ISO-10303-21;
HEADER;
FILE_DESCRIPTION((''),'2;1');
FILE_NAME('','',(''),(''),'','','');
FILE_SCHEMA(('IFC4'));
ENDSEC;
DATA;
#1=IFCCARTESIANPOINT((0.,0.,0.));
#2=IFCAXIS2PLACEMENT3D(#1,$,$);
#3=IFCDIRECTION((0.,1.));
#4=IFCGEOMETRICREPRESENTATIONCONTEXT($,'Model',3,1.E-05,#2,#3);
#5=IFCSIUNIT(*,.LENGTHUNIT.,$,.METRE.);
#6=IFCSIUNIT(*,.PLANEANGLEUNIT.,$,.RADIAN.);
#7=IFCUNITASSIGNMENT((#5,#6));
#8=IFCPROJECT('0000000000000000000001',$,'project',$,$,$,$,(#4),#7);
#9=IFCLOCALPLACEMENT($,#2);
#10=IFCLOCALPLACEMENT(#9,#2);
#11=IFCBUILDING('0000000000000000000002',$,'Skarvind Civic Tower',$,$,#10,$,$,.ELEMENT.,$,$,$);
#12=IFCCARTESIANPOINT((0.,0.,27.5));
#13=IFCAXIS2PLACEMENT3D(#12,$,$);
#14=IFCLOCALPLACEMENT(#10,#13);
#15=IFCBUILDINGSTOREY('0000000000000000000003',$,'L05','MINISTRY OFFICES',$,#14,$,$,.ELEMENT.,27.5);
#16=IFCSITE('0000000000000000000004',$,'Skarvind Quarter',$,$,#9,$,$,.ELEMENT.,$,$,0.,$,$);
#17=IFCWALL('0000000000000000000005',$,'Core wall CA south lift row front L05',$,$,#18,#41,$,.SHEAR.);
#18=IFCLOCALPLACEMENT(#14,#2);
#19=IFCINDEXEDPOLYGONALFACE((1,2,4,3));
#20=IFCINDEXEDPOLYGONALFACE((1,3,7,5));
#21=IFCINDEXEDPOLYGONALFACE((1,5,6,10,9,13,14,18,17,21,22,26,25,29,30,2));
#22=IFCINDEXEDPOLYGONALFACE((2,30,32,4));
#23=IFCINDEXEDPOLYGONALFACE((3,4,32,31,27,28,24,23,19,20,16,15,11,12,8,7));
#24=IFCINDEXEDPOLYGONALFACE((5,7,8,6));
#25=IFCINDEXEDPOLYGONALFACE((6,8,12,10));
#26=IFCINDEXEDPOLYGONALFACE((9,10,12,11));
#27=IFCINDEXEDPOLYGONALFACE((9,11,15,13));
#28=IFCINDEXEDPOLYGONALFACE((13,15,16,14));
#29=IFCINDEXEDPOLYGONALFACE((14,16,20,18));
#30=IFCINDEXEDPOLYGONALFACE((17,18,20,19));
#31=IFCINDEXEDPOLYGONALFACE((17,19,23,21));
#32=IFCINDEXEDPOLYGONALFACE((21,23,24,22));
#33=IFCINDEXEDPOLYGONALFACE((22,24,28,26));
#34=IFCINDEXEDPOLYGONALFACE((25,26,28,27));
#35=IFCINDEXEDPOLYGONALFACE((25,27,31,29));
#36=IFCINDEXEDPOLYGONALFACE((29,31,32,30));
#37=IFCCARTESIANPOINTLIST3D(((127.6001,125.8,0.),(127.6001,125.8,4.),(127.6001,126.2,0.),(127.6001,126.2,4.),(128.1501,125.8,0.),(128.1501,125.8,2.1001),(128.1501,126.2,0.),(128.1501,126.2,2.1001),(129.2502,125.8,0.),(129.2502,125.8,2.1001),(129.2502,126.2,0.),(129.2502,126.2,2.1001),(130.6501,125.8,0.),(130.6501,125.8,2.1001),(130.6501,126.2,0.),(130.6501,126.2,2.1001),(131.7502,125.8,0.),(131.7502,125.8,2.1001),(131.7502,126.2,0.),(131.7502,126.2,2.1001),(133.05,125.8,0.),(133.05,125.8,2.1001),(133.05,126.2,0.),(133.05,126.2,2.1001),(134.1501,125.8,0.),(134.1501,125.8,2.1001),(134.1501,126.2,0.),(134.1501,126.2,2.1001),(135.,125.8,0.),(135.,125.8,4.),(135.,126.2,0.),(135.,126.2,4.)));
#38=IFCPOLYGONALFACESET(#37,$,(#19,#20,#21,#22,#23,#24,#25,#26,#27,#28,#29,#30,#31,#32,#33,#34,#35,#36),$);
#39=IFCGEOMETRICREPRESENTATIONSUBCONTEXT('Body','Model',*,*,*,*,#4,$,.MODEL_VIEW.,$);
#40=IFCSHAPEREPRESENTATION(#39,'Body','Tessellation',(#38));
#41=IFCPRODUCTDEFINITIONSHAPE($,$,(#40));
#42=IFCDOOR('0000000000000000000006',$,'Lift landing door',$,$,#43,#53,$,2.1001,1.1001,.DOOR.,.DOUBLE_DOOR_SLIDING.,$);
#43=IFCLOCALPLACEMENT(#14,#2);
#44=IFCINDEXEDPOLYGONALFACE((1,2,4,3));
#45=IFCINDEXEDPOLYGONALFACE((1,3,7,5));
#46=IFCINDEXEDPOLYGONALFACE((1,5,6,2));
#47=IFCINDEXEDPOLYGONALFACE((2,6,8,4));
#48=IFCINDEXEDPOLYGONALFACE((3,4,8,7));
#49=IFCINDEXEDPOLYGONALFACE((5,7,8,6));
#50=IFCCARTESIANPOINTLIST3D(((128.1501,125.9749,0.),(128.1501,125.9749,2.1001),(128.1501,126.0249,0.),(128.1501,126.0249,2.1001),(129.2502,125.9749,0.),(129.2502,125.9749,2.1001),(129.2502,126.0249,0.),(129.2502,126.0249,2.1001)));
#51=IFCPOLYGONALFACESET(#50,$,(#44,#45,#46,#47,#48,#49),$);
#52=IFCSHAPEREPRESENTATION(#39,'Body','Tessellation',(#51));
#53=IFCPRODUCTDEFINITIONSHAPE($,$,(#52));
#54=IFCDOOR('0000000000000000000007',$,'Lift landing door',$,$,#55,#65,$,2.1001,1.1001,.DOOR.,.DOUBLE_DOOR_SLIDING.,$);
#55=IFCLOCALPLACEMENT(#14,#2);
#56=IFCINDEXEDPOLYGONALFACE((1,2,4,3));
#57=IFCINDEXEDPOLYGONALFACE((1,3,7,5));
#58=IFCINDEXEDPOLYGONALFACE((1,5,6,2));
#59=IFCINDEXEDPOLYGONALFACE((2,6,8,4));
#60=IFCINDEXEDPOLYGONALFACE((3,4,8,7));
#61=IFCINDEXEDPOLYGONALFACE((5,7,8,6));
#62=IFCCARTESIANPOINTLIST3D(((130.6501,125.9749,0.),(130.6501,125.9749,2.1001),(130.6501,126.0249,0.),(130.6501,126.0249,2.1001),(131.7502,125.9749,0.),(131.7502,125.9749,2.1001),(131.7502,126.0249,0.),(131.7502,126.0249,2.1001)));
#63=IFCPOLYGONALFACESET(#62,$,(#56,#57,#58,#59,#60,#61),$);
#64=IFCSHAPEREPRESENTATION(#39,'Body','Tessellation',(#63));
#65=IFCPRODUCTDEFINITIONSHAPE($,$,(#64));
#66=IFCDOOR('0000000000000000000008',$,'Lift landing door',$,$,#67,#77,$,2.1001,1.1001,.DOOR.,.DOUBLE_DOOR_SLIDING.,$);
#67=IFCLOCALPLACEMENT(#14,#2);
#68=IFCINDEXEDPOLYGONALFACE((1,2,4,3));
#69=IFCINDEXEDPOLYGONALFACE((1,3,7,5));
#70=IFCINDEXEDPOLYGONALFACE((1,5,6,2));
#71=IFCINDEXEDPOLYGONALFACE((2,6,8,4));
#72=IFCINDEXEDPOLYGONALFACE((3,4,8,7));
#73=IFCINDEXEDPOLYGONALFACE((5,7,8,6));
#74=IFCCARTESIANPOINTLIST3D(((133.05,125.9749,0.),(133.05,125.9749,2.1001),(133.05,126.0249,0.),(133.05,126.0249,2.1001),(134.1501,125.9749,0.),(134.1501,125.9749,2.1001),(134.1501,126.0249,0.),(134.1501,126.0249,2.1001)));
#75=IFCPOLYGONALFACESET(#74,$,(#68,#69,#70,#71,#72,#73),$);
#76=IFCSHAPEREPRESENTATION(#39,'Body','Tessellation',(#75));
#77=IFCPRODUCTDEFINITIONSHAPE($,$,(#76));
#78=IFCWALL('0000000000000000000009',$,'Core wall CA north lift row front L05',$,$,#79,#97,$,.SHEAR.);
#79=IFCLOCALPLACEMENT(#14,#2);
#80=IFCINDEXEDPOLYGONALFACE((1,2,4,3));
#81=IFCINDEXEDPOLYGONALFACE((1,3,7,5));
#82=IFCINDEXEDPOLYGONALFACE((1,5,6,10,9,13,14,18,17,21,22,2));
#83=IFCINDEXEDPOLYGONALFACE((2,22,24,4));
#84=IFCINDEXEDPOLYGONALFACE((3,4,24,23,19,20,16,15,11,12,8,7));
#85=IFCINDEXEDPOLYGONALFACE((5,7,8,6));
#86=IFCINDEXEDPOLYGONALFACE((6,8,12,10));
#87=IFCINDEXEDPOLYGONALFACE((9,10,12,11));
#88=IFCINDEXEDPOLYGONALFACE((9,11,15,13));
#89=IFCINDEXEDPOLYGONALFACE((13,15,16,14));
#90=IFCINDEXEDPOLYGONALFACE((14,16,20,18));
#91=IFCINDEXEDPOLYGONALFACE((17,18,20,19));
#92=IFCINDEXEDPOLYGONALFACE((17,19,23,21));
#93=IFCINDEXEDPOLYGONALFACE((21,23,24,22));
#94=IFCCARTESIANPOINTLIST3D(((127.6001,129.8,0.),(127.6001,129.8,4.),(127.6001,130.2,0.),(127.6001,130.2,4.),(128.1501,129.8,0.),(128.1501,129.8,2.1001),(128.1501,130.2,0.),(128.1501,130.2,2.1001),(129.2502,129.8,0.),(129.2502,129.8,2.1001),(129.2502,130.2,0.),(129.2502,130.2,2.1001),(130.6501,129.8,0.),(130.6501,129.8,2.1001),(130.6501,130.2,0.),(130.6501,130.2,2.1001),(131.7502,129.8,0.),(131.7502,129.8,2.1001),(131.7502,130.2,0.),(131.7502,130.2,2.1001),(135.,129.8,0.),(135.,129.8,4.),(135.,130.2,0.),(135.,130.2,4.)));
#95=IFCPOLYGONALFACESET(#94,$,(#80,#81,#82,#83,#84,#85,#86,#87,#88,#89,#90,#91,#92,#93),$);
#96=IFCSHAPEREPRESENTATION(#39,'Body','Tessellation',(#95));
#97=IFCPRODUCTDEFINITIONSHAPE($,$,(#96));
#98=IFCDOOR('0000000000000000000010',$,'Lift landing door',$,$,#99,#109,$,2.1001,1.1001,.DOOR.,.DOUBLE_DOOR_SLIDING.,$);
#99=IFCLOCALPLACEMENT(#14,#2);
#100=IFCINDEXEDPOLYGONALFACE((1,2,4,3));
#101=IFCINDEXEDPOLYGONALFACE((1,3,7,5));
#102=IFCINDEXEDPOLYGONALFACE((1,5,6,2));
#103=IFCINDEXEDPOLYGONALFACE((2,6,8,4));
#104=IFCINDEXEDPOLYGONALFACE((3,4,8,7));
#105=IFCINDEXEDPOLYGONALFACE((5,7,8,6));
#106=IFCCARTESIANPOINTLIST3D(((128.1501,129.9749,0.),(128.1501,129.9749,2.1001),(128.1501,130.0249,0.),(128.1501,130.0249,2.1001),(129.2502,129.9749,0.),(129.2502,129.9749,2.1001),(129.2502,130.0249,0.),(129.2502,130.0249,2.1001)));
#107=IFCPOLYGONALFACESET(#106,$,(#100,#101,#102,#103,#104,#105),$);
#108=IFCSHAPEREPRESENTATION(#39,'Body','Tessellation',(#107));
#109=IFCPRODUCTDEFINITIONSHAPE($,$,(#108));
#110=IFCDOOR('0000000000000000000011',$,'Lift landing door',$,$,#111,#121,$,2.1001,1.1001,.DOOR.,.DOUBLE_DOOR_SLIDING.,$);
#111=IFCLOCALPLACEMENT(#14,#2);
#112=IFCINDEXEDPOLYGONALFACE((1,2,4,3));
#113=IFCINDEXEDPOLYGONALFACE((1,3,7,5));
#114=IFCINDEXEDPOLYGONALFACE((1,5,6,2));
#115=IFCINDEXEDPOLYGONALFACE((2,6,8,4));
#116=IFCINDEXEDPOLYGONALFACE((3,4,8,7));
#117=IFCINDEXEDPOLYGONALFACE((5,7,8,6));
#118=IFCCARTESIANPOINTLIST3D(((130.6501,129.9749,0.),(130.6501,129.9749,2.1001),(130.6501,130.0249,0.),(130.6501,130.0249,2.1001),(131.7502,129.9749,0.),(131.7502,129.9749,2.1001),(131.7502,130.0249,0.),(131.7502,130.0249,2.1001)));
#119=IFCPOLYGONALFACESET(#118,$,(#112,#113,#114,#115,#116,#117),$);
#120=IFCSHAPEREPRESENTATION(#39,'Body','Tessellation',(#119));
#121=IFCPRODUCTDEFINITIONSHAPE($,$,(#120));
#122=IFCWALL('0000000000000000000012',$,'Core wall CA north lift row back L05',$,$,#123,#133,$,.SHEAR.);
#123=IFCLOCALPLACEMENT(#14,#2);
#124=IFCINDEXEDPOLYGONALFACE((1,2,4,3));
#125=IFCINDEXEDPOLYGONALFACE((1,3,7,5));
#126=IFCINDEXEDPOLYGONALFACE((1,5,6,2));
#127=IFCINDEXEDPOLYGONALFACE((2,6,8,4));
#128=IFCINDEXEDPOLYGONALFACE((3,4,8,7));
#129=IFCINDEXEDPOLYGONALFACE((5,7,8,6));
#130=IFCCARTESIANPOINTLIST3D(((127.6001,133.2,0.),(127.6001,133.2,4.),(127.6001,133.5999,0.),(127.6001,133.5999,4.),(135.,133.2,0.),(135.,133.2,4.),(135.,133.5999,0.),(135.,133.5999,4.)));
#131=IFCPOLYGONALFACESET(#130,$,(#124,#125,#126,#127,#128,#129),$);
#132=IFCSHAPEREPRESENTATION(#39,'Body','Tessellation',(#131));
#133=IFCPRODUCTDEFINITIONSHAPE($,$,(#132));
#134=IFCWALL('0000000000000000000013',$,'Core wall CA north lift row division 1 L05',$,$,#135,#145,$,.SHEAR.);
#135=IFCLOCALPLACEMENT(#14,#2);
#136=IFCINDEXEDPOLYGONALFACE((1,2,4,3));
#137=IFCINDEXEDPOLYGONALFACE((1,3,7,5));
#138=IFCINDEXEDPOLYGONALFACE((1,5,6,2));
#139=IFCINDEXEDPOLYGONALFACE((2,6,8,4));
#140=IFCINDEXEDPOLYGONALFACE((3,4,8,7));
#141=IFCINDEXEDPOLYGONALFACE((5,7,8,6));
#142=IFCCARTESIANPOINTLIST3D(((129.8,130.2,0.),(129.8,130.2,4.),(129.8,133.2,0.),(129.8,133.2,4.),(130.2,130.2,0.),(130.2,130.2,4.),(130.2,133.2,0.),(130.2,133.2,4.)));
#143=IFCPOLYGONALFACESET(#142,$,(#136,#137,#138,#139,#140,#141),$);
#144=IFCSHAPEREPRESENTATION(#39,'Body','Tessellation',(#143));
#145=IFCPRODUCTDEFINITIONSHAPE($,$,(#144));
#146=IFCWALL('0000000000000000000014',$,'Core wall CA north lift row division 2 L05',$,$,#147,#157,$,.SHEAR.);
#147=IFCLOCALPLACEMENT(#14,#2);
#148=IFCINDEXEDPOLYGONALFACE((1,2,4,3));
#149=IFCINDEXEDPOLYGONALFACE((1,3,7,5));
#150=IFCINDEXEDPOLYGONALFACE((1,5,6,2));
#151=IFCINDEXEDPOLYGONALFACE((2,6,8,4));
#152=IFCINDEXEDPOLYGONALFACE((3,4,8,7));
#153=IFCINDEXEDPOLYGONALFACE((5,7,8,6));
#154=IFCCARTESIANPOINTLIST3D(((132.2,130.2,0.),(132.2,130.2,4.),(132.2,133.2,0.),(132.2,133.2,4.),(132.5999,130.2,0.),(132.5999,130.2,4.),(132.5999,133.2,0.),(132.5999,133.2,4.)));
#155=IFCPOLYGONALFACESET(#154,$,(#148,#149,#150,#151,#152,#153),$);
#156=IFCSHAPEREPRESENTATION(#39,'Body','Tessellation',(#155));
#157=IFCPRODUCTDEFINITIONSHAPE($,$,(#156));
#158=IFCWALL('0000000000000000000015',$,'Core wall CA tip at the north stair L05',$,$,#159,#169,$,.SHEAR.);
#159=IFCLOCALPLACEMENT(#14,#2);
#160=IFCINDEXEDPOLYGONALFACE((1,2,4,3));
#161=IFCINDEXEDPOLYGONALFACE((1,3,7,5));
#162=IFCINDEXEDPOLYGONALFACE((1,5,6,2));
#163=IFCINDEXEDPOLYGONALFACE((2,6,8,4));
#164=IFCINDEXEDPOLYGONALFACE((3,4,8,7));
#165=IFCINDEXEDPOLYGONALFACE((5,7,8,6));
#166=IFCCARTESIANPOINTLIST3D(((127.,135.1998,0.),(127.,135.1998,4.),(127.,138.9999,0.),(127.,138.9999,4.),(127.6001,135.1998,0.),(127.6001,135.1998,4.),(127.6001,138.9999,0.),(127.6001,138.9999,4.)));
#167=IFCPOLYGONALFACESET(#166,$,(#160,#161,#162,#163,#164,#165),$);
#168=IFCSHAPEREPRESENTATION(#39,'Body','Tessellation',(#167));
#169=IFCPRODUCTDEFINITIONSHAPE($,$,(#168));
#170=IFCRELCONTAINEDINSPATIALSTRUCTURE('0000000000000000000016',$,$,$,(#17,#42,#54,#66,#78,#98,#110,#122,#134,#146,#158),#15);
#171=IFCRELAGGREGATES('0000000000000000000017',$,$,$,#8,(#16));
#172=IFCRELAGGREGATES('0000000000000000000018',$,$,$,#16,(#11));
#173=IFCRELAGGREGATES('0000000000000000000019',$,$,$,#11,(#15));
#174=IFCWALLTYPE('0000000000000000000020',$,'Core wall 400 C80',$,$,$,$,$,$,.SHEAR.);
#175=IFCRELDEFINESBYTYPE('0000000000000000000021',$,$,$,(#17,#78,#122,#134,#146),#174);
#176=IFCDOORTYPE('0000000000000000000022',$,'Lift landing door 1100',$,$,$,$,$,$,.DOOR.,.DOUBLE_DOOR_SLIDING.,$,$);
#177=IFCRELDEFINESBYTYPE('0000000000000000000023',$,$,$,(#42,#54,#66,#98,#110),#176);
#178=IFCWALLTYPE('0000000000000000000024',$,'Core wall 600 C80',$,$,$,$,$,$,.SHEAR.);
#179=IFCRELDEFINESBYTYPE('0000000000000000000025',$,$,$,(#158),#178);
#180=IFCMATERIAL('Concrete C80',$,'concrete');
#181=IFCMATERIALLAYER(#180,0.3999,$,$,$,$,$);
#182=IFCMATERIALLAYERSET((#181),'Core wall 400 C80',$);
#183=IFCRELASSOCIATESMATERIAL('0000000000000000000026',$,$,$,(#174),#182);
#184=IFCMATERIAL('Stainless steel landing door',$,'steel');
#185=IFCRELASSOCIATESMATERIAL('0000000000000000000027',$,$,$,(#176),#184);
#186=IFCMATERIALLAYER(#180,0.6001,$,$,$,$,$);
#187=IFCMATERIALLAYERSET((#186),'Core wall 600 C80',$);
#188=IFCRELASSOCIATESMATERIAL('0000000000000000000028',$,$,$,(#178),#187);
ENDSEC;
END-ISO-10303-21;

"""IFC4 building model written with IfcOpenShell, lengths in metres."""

from ifc_helpers import new_model, si_unit, direction, frame, frame_2d, origin, place, context, subcontext, project, spatial, rectangle, extrude, material, layer, layer_set, type_object, element, fill, save


model = new_model("IFC4")

# Units and contexts
model_context = context("Model", 3, precision=1e-05, world=origin(), true_north=direction((0.0, 1.0)))
body_context = subcontext(model_context, "Body", "Model", "MODEL_VIEW")
ifc_project = project(units=[si_unit("LENGTHUNIT", "METRE"), si_unit("PLANEANGLEUNIT", "RADIAN")], contexts=[model_context])

# Site, building, storey
site_placement = place(None, origin())
site = spatial("IfcSite", under=ifc_project, at=site_placement, Name="Skarvind Quarter", CompositionType="ELEMENT", RefElevation=0.0)
building_placement = place(site_placement, origin())
building = spatial("IfcBuilding", under=site, at=building_placement, Name="Skarvind Civic Tower", CompositionType="ELEMENT")
storey_placement = place(building_placement, frame((0.0, 0.0, 27.5)))
storey = spatial("IfcBuildingStorey", under=building, at=storey_placement, Name="L05", Description="MINISTRY OFFICES", CompositionType="ELEMENT", Elevation=27.5)

# Shared definitions
ifc_material_1 = material(Name="Concrete C80", Category="concrete")
ifc_layer_1 = layer(ifc_material_1, 0.3999)
ifc_layer_set_1 = layer_set([ifc_layer_1], Name="Core wall 400 C80")
wall_type_1 = type_object("IfcWallType", Name="Core wall 400 C80", PredefinedType="SHEAR", material=ifc_layer_set_1)

# Walls, openings, doors
wall_1_placement = place(storey_placement, frame((127.6001, 126.0, 0.0), z_axis=(0.0, 0.0, 1.0), x_axis=(1.0, 0.0, 0.0)))
wall_1 = element("IfcWall", 1, at=wall_1_placement, inside=storey, type_object=wall_type_1, Name="Core wall CA south lift row front L05", PredefinedType="SHEAR", context=body_context, shape_type="SweptSolid", body=[
    extrude(rectangle(XDim=7.3999, YDim=0.3999, at=frame_2d((3.7, 0.0))), origin(), (0.0, 0.0, 1.0), 4.0),
])
opening_1_placement = place(wall_1_placement, frame((0.55, 0.0, 0.0)))
opening_1 = element("IfcOpeningElement", 2, at=opening_1_placement, cuts=wall_1, PredefinedType="OPENING", context=body_context, shape_type="SweptSolid", body=[
    extrude(rectangle(XDim=1.1001, YDim=2.1001, at=frame_2d((0.55, 1.05))), frame((0.0, 0.21, 0.0), z_axis=(0.0, -1.0, 0.0), x_axis=(1.0, 0.0, 0.0)), (0.0, 0.0, 1.0), 0.4199),
])
opening_2_placement = place(wall_1_placement, frame((3.05, 0.0, 0.0)))
opening_2 = element("IfcOpeningElement", 3, at=opening_2_placement, cuts=wall_1, PredefinedType="OPENING", context=body_context, shape_type="SweptSolid", body=[
    extrude(rectangle(XDim=1.1001, YDim=2.1001, at=frame_2d((0.55, 1.05))), frame((0.0, 0.21, 0.0), z_axis=(0.0, -1.0, 0.0), x_axis=(1.0, 0.0, 0.0)), (0.0, 0.0, 1.0), 0.4199),
])
opening_3_placement = place(wall_1_placement, frame((5.45, 0.0, 0.0)))
opening_3 = element("IfcOpeningElement", 4, at=opening_3_placement, cuts=wall_1, PredefinedType="OPENING", context=body_context, shape_type="SweptSolid", body=[
    extrude(rectangle(XDim=1.1001, YDim=2.1001, at=frame_2d((0.55, 1.05))), frame((0.0, 0.21, 0.0), z_axis=(0.0, -1.0, 0.0), x_axis=(1.0, 0.0, 0.0)), (0.0, 0.0, 1.0), 0.4199),
])
ifc_material_2 = material(Name="Stainless steel landing door", Category="steel")
door_type = type_object("IfcDoorType", Name="Lift landing door 1100", OperationType="DOUBLE_DOOR_SLIDING", PredefinedType="DOOR", material=ifc_material_2)
door_1_placement = place(opening_1_placement, origin())
door_1 = element("IfcDoor", 5, at=door_1_placement, inside=storey, type_object=door_type, Name="Lift landing door", OperationType="DOUBLE_DOOR_SLIDING", OverallHeight=2.1001, OverallWidth=1.1001, PredefinedType="DOOR", context=body_context, shape_type="SweptSolid", body=[
    extrude(rectangle(XDim=1.1001, YDim=2.1001, at=frame_2d((0.55, 1.05))), frame((0.0, 0.0249, 0.0), z_axis=(0.0, -1.0, 0.0), x_axis=(1.0, 0.0, 0.0)), (0.0, 0.0, 1.0), 0.05),
])
fill(opening_1, door_1)
door_2_placement = place(opening_2_placement, origin())
door_2 = element("IfcDoor", 6, at=door_2_placement, inside=storey, type_object=door_type, Name="Lift landing door", OperationType="DOUBLE_DOOR_SLIDING", OverallHeight=2.1001, OverallWidth=1.1001, PredefinedType="DOOR", context=body_context, shape_type="SweptSolid", body=[
    extrude(rectangle(XDim=1.1001, YDim=2.1001, at=frame_2d((0.55, 1.05))), frame((0.0, 0.0249, 0.0), z_axis=(0.0, -1.0, 0.0), x_axis=(1.0, 0.0, 0.0)), (0.0, 0.0, 1.0), 0.05),
])
fill(opening_2, door_2)
door_3_placement = place(opening_3_placement, origin())
door_3 = element("IfcDoor", 7, at=door_3_placement, inside=storey, type_object=door_type, Name="Lift landing door", OperationType="DOUBLE_DOOR_SLIDING", OverallHeight=2.1001, OverallWidth=1.1001, PredefinedType="DOOR", context=body_context, shape_type="SweptSolid", body=[
    extrude(rectangle(XDim=1.1001, YDim=2.1001, at=frame_2d((0.55, 1.05))), frame((0.0, 0.0249, 0.0), z_axis=(0.0, -1.0, 0.0), x_axis=(1.0, 0.0, 0.0)), (0.0, 0.0, 1.0), 0.05),
])
fill(opening_3, door_3)
wall_2_placement = place(storey_placement, frame((127.6001, 130.0, 0.0), z_axis=(0.0, 0.0, 1.0), x_axis=(1.0, 0.0, 0.0)))
wall_2 = element("IfcWall", 8, at=wall_2_placement, inside=storey, type_object=wall_type_1, Name="Core wall CA north lift row front L05", PredefinedType="SHEAR", context=body_context, shape_type="SweptSolid", body=[
    extrude(rectangle(XDim=7.3999, YDim=0.3999, at=frame_2d((3.7, 0.0))), origin(), (0.0, 0.0, 1.0), 4.0),
])
opening_4_placement = place(wall_2_placement, frame((0.55, 0.0, 0.0)))
opening_4 = element("IfcOpeningElement", 9, at=opening_4_placement, cuts=wall_2, PredefinedType="OPENING", context=body_context, shape_type="SweptSolid", body=[
    extrude(rectangle(XDim=1.1001, YDim=2.1001, at=frame_2d((0.55, 1.05))), frame((0.0, 0.21, 0.0), z_axis=(0.0, -1.0, 0.0), x_axis=(1.0, 0.0, 0.0)), (0.0, 0.0, 1.0), 0.4199),
])
opening_5_placement = place(wall_2_placement, frame((3.05, 0.0, 0.0)))
opening_5 = element("IfcOpeningElement", 10, at=opening_5_placement, cuts=wall_2, PredefinedType="OPENING", context=body_context, shape_type="SweptSolid", body=[
    extrude(rectangle(XDim=1.1001, YDim=2.1001, at=frame_2d((0.55, 1.05))), frame((0.0, 0.21, 0.0), z_axis=(0.0, -1.0, 0.0), x_axis=(1.0, 0.0, 0.0)), (0.0, 0.0, 1.0), 0.4199),
])
door_4_placement = place(opening_4_placement, origin())
door_4 = element("IfcDoor", 11, at=door_4_placement, inside=storey, type_object=door_type, Name="Lift landing door", OperationType="DOUBLE_DOOR_SLIDING", OverallHeight=2.1001, OverallWidth=1.1001, PredefinedType="DOOR", context=body_context, shape_type="SweptSolid", body=[
    extrude(rectangle(XDim=1.1001, YDim=2.1001, at=frame_2d((0.55, 1.05))), frame((0.0, 0.0249, 0.0), z_axis=(0.0, -1.0, 0.0), x_axis=(1.0, 0.0, 0.0)), (0.0, 0.0, 1.0), 0.05),
])
fill(opening_4, door_4)
door_5_placement = place(opening_5_placement, origin())
door_5 = element("IfcDoor", 12, at=door_5_placement, inside=storey, type_object=door_type, Name="Lift landing door", OperationType="DOUBLE_DOOR_SLIDING", OverallHeight=2.1001, OverallWidth=1.1001, PredefinedType="DOOR", context=body_context, shape_type="SweptSolid", body=[
    extrude(rectangle(XDim=1.1001, YDim=2.1001, at=frame_2d((0.55, 1.05))), frame((0.0, 0.0249, 0.0), z_axis=(0.0, -1.0, 0.0), x_axis=(1.0, 0.0, 0.0)), (0.0, 0.0, 1.0), 0.05),
])
fill(opening_5, door_5)

# Walls
wall_3_placement = place(storey_placement, frame((127.6001, 133.3999, 0.0), z_axis=(0.0, 0.0, 1.0), x_axis=(1.0, 0.0, 0.0)))
element("IfcWall", 13, at=wall_3_placement, inside=storey, type_object=wall_type_1, Name="Core wall CA north lift row back L05", PredefinedType="SHEAR", context=body_context, shape_type="SweptSolid", body=[
    extrude(rectangle(XDim=7.3999, YDim=0.3999, at=frame_2d((3.7, 0.0))), origin(), (0.0, 0.0, 1.0), 4.0),
])
for number, where, z_axis, x_axis, name in (
    (14, (130.0, 130.2, 0.0), (0.0, 0.0, 1.0), (0.0, 1.0, 0.0), "Core wall CA north lift row division 1 L05"),
    (15, (132.3999, 130.2, 0.0), (0.0, 0.0, 1.0), (0.0, 1.0, 0.0), "Core wall CA north lift row division 2 L05"),
):
    element("IfcWall", number, at=place(storey_placement, frame(where, z_axis=z_axis, x_axis=x_axis)), inside=storey, type_object=wall_type_1, Name=name, PredefinedType="SHEAR", context=body_context, shape_type="SweptSolid", body=[
        extrude(rectangle(XDim=3.0, YDim=0.3999, at=frame_2d((1.5, 0.0))), origin(), (0.0, 0.0, 1.0), 4.0),
    ])
ifc_layer_2 = layer(ifc_material_1, 0.6001)
ifc_layer_set_2 = layer_set([ifc_layer_2], Name="Core wall 600 C80")
wall_type_2 = type_object("IfcWallType", Name="Core wall 600 C80", PredefinedType="SHEAR", material=ifc_layer_set_2)
wall_4_placement = place(storey_placement, frame((127.3, 135.2, 0.0), z_axis=(0.0, 0.0, 1.0), x_axis=(0.0, 1.0, 0.0)))
element("IfcWall", 16, at=wall_4_placement, inside=storey, type_object=wall_type_2, Name="Core wall CA tip at the north stair L05", PredefinedType="SHEAR", context=body_context, shape_type="SweptSolid", body=[
    extrude(rectangle(XDim=3.8, YDim=0.6001, at=frame_2d((1.8999, 0.0))), origin(), (0.0, 0.0, 1.0), 4.0),
])

save(model, "model.ifc")
